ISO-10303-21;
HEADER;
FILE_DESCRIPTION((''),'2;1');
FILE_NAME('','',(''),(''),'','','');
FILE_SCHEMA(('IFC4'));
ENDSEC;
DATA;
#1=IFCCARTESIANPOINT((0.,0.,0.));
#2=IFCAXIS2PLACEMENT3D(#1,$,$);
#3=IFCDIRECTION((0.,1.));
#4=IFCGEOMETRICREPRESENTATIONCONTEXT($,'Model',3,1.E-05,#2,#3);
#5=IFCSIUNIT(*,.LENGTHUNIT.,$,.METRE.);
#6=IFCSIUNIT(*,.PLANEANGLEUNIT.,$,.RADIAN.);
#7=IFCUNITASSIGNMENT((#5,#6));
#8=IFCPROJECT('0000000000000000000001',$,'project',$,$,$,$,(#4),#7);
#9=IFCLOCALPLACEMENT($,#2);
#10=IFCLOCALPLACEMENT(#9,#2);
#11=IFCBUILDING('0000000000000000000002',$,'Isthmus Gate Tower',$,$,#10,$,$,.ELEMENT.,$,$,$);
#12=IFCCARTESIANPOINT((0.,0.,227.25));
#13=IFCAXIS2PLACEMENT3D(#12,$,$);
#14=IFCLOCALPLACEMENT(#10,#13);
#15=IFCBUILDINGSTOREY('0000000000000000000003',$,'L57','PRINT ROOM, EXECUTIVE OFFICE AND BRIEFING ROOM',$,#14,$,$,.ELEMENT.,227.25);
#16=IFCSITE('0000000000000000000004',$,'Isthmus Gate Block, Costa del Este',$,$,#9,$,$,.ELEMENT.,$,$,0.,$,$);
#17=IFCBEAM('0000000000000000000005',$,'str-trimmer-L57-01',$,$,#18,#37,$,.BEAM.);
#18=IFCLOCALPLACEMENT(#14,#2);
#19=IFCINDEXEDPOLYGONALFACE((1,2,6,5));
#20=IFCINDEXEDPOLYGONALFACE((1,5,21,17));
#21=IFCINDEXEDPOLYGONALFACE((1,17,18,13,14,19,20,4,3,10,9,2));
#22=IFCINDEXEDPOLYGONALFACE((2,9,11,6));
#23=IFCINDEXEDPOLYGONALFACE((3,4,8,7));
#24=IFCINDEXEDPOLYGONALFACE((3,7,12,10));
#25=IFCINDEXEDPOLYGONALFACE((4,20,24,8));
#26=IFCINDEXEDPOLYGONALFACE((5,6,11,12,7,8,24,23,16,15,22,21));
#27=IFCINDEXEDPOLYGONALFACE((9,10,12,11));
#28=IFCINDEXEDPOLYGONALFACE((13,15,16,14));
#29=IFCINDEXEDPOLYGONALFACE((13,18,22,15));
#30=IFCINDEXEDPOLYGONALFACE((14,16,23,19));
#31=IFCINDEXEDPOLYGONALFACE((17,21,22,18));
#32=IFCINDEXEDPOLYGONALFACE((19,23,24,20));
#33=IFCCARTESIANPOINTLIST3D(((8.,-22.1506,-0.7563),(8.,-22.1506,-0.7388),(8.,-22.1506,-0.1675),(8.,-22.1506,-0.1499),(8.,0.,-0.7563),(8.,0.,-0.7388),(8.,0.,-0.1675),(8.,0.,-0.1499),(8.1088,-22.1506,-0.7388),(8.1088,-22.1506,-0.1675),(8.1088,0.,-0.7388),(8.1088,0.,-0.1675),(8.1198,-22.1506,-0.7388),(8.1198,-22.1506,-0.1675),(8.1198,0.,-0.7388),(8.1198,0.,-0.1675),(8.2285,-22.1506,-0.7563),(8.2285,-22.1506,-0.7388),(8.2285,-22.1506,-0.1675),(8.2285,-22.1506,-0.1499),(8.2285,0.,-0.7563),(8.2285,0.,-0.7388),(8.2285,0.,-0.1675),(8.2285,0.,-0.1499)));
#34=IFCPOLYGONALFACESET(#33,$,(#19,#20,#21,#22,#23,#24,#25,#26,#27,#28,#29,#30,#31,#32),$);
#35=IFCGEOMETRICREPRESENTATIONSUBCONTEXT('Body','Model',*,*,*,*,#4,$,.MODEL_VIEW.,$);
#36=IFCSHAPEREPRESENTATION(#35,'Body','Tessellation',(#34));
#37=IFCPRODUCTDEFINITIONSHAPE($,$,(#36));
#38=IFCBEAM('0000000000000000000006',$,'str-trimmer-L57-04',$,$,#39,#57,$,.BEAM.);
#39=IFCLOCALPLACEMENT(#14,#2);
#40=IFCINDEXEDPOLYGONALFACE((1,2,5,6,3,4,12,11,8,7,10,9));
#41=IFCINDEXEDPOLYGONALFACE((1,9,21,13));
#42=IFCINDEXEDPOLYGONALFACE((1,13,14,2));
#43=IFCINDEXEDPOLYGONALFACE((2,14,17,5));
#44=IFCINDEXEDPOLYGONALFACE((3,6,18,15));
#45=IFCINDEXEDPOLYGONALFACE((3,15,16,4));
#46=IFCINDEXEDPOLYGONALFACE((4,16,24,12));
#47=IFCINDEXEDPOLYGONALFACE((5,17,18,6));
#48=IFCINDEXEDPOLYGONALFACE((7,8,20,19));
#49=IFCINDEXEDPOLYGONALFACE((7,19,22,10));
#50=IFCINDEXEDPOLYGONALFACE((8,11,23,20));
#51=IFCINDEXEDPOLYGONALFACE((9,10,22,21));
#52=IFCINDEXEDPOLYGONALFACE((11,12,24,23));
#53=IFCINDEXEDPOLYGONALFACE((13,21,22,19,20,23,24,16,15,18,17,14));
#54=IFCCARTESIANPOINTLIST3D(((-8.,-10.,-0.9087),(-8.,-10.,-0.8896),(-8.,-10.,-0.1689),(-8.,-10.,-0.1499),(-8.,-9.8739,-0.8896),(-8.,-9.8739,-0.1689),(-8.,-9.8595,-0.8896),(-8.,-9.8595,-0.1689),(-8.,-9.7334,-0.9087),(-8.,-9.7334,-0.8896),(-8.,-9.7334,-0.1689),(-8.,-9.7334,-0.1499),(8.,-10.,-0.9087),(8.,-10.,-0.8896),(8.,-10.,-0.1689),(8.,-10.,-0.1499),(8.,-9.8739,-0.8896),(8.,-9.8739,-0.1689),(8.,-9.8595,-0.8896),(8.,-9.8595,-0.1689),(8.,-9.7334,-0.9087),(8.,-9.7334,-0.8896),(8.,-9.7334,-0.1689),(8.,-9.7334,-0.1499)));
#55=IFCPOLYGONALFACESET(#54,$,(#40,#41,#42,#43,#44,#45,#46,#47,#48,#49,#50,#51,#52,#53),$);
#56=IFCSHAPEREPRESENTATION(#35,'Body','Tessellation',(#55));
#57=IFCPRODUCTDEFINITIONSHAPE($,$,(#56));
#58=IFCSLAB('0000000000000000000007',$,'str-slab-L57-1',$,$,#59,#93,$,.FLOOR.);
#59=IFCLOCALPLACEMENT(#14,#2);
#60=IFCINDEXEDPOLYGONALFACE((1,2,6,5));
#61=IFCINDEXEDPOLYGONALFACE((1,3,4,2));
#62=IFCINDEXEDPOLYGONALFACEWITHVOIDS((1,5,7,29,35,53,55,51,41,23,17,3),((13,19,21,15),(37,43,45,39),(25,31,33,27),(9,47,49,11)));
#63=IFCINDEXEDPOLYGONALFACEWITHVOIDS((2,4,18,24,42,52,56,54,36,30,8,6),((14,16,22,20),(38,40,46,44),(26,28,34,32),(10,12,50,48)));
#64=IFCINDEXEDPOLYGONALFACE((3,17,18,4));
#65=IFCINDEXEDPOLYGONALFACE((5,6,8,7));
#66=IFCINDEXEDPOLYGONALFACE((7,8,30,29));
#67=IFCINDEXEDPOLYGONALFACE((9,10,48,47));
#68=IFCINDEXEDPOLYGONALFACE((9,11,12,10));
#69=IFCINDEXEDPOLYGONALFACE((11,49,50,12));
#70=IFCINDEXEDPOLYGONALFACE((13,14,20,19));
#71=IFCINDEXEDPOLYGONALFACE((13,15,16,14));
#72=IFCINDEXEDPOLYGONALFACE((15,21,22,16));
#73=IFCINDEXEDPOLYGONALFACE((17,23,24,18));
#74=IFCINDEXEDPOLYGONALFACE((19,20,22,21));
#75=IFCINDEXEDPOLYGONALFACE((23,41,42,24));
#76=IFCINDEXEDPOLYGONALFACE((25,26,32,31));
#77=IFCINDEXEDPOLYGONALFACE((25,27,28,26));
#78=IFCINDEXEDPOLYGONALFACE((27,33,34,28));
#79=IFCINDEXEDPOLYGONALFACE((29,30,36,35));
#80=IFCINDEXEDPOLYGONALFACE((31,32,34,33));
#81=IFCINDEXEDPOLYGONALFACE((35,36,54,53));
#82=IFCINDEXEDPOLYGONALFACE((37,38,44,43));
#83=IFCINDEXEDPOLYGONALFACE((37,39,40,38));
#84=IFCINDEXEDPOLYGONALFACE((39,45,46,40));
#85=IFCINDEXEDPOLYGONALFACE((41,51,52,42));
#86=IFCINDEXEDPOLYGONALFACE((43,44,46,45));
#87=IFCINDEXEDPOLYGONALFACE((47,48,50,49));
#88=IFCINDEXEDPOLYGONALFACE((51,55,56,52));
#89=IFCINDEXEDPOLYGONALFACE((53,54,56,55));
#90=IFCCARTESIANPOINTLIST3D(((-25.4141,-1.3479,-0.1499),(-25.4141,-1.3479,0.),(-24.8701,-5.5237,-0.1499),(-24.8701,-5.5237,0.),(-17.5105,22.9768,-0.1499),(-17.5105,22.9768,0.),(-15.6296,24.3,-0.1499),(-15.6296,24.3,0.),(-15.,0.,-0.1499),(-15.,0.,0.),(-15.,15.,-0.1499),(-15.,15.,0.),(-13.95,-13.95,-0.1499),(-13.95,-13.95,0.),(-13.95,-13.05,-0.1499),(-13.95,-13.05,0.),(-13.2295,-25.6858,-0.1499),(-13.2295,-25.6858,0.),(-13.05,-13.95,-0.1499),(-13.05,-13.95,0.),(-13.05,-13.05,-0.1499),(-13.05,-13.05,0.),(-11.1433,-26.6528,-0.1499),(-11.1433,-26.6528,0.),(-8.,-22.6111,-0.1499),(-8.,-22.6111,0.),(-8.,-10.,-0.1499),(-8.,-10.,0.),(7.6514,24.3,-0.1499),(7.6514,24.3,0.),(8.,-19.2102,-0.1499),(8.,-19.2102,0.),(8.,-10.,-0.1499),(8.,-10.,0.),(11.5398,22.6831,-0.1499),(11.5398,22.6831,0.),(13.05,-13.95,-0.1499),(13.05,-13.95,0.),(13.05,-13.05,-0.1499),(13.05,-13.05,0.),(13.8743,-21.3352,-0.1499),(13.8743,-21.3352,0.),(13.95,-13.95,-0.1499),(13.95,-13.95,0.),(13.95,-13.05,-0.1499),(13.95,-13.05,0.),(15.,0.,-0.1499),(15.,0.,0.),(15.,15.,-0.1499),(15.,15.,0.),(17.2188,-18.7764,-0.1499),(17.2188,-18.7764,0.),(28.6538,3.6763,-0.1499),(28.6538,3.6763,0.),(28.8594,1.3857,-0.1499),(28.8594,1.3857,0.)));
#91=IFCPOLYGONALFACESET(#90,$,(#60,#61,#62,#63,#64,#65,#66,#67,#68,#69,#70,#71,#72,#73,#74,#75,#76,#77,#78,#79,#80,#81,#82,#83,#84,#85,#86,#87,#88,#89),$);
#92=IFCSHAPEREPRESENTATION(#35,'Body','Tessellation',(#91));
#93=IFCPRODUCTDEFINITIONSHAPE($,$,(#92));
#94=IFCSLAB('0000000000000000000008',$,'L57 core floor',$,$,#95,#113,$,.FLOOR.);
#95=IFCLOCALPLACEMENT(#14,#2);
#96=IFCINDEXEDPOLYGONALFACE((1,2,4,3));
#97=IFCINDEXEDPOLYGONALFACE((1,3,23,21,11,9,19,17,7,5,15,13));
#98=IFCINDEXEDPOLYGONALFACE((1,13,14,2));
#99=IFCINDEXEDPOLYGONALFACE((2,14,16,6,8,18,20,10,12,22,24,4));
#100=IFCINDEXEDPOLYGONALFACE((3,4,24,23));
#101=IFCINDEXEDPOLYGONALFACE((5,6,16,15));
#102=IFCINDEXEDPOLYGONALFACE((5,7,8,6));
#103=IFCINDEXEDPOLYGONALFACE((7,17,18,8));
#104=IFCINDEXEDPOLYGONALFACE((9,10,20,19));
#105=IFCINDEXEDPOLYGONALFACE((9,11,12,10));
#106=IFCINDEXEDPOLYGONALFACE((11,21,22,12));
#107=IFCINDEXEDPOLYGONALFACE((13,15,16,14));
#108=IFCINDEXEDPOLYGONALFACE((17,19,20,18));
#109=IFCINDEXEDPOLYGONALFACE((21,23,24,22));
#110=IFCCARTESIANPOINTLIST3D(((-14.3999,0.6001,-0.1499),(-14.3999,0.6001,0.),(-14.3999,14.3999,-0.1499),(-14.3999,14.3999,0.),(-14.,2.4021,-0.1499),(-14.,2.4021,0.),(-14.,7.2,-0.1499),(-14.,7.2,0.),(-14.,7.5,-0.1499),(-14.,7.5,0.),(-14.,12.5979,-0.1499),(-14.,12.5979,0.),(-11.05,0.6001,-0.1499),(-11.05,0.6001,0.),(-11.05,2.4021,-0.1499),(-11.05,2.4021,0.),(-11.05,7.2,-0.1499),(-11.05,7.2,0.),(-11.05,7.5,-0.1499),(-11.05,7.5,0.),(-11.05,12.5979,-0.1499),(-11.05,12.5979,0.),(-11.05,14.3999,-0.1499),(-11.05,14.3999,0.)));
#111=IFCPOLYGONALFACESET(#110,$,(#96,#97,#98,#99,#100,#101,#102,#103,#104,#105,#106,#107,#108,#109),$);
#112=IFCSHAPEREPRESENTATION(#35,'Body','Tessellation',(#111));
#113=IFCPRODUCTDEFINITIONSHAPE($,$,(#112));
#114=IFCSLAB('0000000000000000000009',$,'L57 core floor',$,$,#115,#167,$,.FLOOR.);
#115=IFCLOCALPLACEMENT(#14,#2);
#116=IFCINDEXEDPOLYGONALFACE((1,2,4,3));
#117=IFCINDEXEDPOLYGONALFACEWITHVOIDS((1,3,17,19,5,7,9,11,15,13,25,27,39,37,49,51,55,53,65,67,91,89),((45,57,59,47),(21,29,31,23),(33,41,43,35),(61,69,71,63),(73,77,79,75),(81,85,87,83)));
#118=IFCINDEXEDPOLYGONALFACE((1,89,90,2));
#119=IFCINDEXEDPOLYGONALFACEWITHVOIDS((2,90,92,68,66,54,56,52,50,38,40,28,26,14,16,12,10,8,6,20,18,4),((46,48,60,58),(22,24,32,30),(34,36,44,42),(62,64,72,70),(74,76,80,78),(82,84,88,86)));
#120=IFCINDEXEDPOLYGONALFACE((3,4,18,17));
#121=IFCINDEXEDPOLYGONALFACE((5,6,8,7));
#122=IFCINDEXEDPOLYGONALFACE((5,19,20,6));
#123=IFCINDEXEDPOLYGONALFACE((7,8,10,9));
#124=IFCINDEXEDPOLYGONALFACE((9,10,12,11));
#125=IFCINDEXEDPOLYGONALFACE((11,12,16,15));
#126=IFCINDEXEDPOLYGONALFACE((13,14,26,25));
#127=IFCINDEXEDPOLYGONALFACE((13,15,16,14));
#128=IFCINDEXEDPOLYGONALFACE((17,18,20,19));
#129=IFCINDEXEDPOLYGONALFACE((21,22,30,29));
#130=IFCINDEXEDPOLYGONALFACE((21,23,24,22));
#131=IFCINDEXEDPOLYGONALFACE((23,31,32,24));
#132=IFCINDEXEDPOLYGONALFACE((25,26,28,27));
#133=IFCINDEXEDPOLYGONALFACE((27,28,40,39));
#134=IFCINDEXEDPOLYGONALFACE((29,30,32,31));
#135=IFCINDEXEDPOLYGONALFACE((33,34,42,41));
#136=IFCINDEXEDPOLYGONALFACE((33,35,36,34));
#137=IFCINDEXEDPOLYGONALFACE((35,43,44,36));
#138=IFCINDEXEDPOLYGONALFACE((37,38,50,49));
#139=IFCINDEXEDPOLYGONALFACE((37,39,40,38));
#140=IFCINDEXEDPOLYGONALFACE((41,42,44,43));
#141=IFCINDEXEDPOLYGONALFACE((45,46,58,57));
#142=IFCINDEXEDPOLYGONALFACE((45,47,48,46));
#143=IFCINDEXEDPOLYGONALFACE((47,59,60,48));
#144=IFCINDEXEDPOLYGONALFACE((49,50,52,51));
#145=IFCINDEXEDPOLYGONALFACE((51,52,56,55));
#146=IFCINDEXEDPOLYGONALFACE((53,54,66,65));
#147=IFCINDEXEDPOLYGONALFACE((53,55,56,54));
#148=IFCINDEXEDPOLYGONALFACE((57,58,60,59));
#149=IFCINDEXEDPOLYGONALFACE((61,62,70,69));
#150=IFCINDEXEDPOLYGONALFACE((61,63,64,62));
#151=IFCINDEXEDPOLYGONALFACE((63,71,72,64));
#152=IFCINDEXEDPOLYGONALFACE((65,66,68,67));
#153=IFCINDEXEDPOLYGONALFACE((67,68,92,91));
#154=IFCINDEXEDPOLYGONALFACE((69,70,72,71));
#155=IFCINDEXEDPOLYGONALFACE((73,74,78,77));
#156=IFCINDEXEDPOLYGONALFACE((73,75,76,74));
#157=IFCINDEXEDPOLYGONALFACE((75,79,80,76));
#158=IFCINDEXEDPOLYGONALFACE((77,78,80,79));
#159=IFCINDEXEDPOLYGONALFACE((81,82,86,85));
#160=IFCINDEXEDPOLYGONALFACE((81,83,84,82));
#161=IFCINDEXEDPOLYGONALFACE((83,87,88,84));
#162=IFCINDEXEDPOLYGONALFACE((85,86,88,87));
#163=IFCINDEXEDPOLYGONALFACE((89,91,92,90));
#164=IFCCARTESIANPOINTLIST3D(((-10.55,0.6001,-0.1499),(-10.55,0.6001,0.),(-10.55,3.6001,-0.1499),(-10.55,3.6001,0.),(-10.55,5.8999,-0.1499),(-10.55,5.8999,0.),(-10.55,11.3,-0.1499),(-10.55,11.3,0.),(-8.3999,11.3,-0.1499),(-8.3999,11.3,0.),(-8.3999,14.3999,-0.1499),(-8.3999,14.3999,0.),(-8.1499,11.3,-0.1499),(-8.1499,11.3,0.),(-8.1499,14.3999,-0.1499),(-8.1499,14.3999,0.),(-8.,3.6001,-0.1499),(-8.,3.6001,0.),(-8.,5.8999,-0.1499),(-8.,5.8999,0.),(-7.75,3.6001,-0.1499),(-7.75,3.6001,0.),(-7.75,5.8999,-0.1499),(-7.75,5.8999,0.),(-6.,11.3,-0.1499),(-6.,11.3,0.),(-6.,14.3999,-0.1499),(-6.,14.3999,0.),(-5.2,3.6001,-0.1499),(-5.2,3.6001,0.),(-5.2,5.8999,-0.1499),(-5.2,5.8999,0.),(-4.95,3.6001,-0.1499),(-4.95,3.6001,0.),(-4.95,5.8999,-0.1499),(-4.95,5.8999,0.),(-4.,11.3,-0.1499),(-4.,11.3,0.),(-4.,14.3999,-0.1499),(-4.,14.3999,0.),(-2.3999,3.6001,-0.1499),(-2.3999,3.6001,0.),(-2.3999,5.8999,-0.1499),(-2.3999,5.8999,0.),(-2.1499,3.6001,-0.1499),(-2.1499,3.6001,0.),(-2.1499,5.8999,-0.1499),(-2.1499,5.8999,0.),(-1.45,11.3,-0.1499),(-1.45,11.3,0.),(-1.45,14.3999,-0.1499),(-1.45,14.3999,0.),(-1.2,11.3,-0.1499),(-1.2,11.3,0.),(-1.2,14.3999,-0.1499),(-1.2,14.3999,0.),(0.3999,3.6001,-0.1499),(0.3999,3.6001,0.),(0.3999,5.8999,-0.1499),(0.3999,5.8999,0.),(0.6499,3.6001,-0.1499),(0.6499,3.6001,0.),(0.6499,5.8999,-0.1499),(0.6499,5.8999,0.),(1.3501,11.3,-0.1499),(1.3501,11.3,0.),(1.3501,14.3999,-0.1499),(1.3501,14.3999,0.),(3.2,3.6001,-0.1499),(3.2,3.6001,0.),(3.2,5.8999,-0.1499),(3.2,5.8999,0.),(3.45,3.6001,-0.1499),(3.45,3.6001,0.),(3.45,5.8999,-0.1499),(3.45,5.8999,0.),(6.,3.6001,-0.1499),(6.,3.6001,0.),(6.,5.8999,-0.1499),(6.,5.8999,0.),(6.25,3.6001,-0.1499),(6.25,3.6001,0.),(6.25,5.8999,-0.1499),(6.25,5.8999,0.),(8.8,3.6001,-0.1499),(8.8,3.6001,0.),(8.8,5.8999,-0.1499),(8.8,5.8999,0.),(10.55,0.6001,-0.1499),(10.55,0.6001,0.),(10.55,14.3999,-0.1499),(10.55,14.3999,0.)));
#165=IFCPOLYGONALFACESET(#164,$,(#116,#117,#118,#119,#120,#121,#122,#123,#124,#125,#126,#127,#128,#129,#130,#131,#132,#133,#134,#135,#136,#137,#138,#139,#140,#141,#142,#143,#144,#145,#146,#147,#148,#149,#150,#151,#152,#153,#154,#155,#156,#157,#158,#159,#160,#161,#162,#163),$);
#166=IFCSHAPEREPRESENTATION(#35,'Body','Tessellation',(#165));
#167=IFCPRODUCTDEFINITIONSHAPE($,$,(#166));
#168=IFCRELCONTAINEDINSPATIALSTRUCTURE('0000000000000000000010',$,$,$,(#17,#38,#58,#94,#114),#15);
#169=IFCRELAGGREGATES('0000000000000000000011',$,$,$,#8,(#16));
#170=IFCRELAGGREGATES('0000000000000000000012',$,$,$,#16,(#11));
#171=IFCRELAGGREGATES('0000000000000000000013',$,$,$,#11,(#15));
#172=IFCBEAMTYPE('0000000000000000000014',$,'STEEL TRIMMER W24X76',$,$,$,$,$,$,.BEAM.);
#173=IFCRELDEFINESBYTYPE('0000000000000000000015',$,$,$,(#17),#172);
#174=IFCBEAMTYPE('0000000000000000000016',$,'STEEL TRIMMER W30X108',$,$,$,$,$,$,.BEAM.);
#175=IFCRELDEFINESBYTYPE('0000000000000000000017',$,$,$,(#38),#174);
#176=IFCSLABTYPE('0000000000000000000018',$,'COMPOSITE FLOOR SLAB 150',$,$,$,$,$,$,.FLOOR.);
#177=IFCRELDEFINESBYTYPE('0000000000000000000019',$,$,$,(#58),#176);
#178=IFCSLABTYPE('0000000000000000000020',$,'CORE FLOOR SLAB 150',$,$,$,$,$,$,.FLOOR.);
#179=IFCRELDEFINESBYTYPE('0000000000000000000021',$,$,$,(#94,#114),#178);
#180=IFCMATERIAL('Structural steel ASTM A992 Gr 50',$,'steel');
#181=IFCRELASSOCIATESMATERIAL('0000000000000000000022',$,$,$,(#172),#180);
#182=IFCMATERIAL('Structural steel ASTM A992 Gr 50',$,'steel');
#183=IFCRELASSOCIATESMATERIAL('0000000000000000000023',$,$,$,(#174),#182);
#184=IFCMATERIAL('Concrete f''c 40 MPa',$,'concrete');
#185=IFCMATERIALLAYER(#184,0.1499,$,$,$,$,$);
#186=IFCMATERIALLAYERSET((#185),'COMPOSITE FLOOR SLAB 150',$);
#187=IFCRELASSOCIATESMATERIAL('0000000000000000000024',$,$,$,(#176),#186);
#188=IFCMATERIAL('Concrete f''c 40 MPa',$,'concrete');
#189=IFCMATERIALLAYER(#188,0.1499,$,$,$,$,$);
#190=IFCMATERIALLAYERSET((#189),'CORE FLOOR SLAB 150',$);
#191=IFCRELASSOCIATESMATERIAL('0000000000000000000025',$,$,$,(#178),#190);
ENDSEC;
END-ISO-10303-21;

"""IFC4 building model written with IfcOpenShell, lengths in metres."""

from ifc_helpers import new_model, si_unit, direction, frame, origin, origin_2d, place, context, subcontext, project, spatial, polyline, i_section, outline, extrude, material, layer, layer_set, material_profile, profile_set, type_object, element, save


model = new_model("IFC4")

# Units and contexts
model_context = context("Model", 3, precision=1e-05, world=origin(), true_north=direction((0.0, 1.0)))
body_context = subcontext(model_context, "Body", "Model", "MODEL_VIEW")
ifc_project = project(units=[si_unit("LENGTHUNIT", "METRE"), si_unit("PLANEANGLEUNIT", "RADIAN")], contexts=[model_context])

# Site, building, storey
site_placement = place(None, origin())
site = spatial("IfcSite", under=ifc_project, at=site_placement, Name="Isthmus Gate Block, Costa del Este", CompositionType="ELEMENT", RefElevation=0.0)
building_placement = place(site_placement, origin())
building = spatial("IfcBuilding", under=site, at=building_placement, Name="Isthmus Gate Tower", CompositionType="ELEMENT")
storey_placement = place(building_placement, frame((0.0, 0.0, 227.25)))
storey = spatial("IfcBuildingStorey", under=building, at=storey_placement, Name="L57", Description="PRINT ROOM, EXECUTIVE OFFICE AND BRIEFING ROOM", CompositionType="ELEMENT", Elevation=227.25)

# Beams
ifc_material_1 = material(Name="Structural steel ASTM A992 Gr 50", Category="steel")
ifc_material_profile_1 = material_profile(ifc_material_1, i_section(OverallWidth=0.2285, OverallDepth=0.6064, WebThickness=0.011, FlangeThickness=0.0176, at=origin_2d()), Name="W24X76")
ifc_profile_set_1 = profile_set([ifc_material_profile_1], Name="Structural steel ASTM A992 Gr 50")
beam_type_1 = type_object("IfcBeamType", Name="STEEL TRIMMER W24X76", PredefinedType="BEAM", material=ifc_profile_set_1)
beam_1_placement = place(storey_placement, frame((8.1143, -22.1506, -0.4531), z_axis=(0.0, 1.0, 0.0), x_axis=(-1.0, 0.0, 0.0)))
element("IfcBeam", 1, at=beam_1_placement, inside=storey, type_object=beam_type_1, Name="str-trimmer-L57-01", PredefinedType="BEAM", context=body_context, shape_type="SweptSolid", body=[
    extrude(i_section(OverallWidth=0.2285, OverallDepth=0.6064, WebThickness=0.011, FlangeThickness=0.0176, at=origin_2d()), origin(), (0.0, 0.0, 1.0), 22.1506),
])
ifc_material_2 = material(Name="Structural steel ASTM A992 Gr 50", Category="steel")
ifc_material_profile_2 = material_profile(ifc_material_2, i_section(OverallWidth=0.2666, OverallDepth=0.7588, WebThickness=0.0144, FlangeThickness=0.019, at=origin_2d()), Name="W30X108")
ifc_profile_set_2 = profile_set([ifc_material_profile_2], Name="Structural steel ASTM A992 Gr 50")
beam_type_2 = type_object("IfcBeamType", Name="STEEL TRIMMER W30X108", PredefinedType="BEAM", material=ifc_profile_set_2)
beam_2_placement = place(storey_placement, frame((8.0, -9.8667, -0.5293), z_axis=(-1.0, 0.0, 0.0), x_axis=(0.0, -1.0, 0.0)))
element("IfcBeam", 2, at=beam_2_placement, inside=storey, type_object=beam_type_2, Name="str-trimmer-L57-04", PredefinedType="BEAM", context=body_context, shape_type="SweptSolid", body=[
    extrude(i_section(OverallWidth=0.2666, OverallDepth=0.7588, WebThickness=0.0144, FlangeThickness=0.019, at=origin_2d()), origin(), (0.0, 0.0, 1.0), 16.0),
])

# Slabs
ifc_material_3 = material(Name="Concrete f'c 40 MPa", Category="concrete")
ifc_layer_1 = layer(ifc_material_3, 0.1499)
ifc_layer_set_1 = layer_set([ifc_layer_1], Name="COMPOSITE FLOOR SLAB 150")
slab_type_1 = type_object("IfcSlabType", Name="COMPOSITE FLOOR SLAB 150", PredefinedType="FLOOR", material=ifc_layer_set_1)
slab_1_placement = place(storey_placement, frame((0.0, 0.0, -0.1499)))
element("IfcSlab", 3, at=slab_1_placement, inside=storey, type_object=slab_type_1, Name="str-slab-L57-1", PredefinedType="FLOOR", context=body_context, shape_type="SweptSolid", body=[
    extrude(outline(polyline([(11.5398, 22.6831), (28.6538, 3.6763), (28.8594, 1.3857), (17.2188, -18.7764), (13.8743, -21.3352), (-11.1433, -26.6528), (-13.2295, -25.6858), (-24.8701, -5.5237), (-25.4141, -1.3479), (-17.5105, 22.9768), (-15.6296, 24.3), (7.6514, 24.3), (11.5398, 22.6831)]), holes=[polyline([(-8.0, -10.0), (-8.0, -22.6111), (8.0, -19.2102), (8.0, -10.0), (-8.0, -10.0)]), polyline([(-13.95, -13.05), (-13.95, -13.95), (-13.05, -13.95), (-13.05, -13.05), (-13.95, -13.05)]), polyline([(13.05, -13.05), (13.05, -13.95), (13.95, -13.95), (13.95, -13.05), (13.05, -13.05)]), polyline([(-15.0, 0.0), (15.0, 0.0), (15.0, 15.0), (-15.0, 15.0), (-15.0, 0.0)])]), origin(), (0.0, 0.0, 1.0), 0.1499),
])
ifc_material_4 = material(Name="Concrete f'c 40 MPa", Category="concrete")
ifc_layer_2 = layer(ifc_material_4, 0.1499)
ifc_layer_set_2 = layer_set([ifc_layer_2], Name="CORE FLOOR SLAB 150")
slab_type_2 = type_object("IfcSlabType", Name="CORE FLOOR SLAB 150", PredefinedType="FLOOR", material=ifc_layer_set_2)
slab_2_placement = place(storey_placement, frame((0.0, 0.0, -0.1499)))
element("IfcSlab", 4, at=slab_2_placement, inside=storey, type_object=slab_type_2, Name="L57 core floor", PredefinedType="FLOOR", context=body_context, shape_type="SweptSolid", body=[
    extrude(outline(polyline([(-11.05, 0.6001), (-11.05, 2.4021), (-14.0, 2.4021), (-14.0, 7.2), (-11.05, 7.2), (-11.05, 7.5), (-14.0, 7.5), (-14.0, 12.5979), (-11.05, 12.5979), (-11.05, 14.3999), (-14.3999, 14.3999), (-14.3999, 0.6001), (-11.05, 0.6001)])), origin(), (0.0, 0.0, 1.0), 0.1499),
])
slab_3_placement = place(storey_placement, frame((0.0, 0.0, -0.1499)))
element("IfcSlab", 5, at=slab_3_placement, inside=storey, type_object=slab_type_2, Name="L57 core floor", PredefinedType="FLOOR", context=body_context, shape_type="SweptSolid", body=[
    extrude(outline(polyline([(10.55, 14.3999), (1.3501, 14.3999), (1.3501, 11.3), (-1.2, 11.3), (-1.2, 14.3999), (-1.45, 14.3999), (-1.45, 11.3), (-4.0, 11.3), (-4.0, 14.3999), (-6.0, 14.3999), (-6.0, 11.3), (-8.1499, 11.3), (-8.1499, 14.3999), (-8.3999, 14.3999), (-8.3999, 11.3), (-10.55, 11.3), (-10.55, 5.8999), (-8.0, 5.8999), (-8.0, 3.6001), (-10.55, 3.6001), (-10.55, 0.6001), (10.55, 0.6001), (10.55, 14.3999)]), holes=[polyline([(-5.2, 5.8999), (-5.2, 3.6001), (-7.75, 3.6001), (-7.75, 5.8999), (-5.2, 5.8999)]), polyline([(-2.3999, 5.8999), (-2.3999, 3.6001), (-4.95, 3.6001), (-4.95, 5.8999), (-2.3999, 5.8999)]), polyline([(0.3999, 5.8999), (0.3999, 3.6001), (-2.1499, 3.6001), (-2.1499, 5.8999), (0.3999, 5.8999)]), polyline([(3.2, 5.8999), (3.2, 3.6001), (0.6499, 3.6001), (0.6499, 5.8999), (3.2, 5.8999)]), polyline([(6.0, 5.8999), (6.0, 3.6001), (3.45, 3.6001), (3.45, 5.8999), (6.0, 5.8999)]), polyline([(8.8, 5.8999), (8.8, 3.6001), (6.25, 3.6001), (6.25, 5.8999), (8.8, 5.8999)])]), origin(), (0.0, 0.0, 1.0), 0.1499),
])

save(model, "model.ifc")
